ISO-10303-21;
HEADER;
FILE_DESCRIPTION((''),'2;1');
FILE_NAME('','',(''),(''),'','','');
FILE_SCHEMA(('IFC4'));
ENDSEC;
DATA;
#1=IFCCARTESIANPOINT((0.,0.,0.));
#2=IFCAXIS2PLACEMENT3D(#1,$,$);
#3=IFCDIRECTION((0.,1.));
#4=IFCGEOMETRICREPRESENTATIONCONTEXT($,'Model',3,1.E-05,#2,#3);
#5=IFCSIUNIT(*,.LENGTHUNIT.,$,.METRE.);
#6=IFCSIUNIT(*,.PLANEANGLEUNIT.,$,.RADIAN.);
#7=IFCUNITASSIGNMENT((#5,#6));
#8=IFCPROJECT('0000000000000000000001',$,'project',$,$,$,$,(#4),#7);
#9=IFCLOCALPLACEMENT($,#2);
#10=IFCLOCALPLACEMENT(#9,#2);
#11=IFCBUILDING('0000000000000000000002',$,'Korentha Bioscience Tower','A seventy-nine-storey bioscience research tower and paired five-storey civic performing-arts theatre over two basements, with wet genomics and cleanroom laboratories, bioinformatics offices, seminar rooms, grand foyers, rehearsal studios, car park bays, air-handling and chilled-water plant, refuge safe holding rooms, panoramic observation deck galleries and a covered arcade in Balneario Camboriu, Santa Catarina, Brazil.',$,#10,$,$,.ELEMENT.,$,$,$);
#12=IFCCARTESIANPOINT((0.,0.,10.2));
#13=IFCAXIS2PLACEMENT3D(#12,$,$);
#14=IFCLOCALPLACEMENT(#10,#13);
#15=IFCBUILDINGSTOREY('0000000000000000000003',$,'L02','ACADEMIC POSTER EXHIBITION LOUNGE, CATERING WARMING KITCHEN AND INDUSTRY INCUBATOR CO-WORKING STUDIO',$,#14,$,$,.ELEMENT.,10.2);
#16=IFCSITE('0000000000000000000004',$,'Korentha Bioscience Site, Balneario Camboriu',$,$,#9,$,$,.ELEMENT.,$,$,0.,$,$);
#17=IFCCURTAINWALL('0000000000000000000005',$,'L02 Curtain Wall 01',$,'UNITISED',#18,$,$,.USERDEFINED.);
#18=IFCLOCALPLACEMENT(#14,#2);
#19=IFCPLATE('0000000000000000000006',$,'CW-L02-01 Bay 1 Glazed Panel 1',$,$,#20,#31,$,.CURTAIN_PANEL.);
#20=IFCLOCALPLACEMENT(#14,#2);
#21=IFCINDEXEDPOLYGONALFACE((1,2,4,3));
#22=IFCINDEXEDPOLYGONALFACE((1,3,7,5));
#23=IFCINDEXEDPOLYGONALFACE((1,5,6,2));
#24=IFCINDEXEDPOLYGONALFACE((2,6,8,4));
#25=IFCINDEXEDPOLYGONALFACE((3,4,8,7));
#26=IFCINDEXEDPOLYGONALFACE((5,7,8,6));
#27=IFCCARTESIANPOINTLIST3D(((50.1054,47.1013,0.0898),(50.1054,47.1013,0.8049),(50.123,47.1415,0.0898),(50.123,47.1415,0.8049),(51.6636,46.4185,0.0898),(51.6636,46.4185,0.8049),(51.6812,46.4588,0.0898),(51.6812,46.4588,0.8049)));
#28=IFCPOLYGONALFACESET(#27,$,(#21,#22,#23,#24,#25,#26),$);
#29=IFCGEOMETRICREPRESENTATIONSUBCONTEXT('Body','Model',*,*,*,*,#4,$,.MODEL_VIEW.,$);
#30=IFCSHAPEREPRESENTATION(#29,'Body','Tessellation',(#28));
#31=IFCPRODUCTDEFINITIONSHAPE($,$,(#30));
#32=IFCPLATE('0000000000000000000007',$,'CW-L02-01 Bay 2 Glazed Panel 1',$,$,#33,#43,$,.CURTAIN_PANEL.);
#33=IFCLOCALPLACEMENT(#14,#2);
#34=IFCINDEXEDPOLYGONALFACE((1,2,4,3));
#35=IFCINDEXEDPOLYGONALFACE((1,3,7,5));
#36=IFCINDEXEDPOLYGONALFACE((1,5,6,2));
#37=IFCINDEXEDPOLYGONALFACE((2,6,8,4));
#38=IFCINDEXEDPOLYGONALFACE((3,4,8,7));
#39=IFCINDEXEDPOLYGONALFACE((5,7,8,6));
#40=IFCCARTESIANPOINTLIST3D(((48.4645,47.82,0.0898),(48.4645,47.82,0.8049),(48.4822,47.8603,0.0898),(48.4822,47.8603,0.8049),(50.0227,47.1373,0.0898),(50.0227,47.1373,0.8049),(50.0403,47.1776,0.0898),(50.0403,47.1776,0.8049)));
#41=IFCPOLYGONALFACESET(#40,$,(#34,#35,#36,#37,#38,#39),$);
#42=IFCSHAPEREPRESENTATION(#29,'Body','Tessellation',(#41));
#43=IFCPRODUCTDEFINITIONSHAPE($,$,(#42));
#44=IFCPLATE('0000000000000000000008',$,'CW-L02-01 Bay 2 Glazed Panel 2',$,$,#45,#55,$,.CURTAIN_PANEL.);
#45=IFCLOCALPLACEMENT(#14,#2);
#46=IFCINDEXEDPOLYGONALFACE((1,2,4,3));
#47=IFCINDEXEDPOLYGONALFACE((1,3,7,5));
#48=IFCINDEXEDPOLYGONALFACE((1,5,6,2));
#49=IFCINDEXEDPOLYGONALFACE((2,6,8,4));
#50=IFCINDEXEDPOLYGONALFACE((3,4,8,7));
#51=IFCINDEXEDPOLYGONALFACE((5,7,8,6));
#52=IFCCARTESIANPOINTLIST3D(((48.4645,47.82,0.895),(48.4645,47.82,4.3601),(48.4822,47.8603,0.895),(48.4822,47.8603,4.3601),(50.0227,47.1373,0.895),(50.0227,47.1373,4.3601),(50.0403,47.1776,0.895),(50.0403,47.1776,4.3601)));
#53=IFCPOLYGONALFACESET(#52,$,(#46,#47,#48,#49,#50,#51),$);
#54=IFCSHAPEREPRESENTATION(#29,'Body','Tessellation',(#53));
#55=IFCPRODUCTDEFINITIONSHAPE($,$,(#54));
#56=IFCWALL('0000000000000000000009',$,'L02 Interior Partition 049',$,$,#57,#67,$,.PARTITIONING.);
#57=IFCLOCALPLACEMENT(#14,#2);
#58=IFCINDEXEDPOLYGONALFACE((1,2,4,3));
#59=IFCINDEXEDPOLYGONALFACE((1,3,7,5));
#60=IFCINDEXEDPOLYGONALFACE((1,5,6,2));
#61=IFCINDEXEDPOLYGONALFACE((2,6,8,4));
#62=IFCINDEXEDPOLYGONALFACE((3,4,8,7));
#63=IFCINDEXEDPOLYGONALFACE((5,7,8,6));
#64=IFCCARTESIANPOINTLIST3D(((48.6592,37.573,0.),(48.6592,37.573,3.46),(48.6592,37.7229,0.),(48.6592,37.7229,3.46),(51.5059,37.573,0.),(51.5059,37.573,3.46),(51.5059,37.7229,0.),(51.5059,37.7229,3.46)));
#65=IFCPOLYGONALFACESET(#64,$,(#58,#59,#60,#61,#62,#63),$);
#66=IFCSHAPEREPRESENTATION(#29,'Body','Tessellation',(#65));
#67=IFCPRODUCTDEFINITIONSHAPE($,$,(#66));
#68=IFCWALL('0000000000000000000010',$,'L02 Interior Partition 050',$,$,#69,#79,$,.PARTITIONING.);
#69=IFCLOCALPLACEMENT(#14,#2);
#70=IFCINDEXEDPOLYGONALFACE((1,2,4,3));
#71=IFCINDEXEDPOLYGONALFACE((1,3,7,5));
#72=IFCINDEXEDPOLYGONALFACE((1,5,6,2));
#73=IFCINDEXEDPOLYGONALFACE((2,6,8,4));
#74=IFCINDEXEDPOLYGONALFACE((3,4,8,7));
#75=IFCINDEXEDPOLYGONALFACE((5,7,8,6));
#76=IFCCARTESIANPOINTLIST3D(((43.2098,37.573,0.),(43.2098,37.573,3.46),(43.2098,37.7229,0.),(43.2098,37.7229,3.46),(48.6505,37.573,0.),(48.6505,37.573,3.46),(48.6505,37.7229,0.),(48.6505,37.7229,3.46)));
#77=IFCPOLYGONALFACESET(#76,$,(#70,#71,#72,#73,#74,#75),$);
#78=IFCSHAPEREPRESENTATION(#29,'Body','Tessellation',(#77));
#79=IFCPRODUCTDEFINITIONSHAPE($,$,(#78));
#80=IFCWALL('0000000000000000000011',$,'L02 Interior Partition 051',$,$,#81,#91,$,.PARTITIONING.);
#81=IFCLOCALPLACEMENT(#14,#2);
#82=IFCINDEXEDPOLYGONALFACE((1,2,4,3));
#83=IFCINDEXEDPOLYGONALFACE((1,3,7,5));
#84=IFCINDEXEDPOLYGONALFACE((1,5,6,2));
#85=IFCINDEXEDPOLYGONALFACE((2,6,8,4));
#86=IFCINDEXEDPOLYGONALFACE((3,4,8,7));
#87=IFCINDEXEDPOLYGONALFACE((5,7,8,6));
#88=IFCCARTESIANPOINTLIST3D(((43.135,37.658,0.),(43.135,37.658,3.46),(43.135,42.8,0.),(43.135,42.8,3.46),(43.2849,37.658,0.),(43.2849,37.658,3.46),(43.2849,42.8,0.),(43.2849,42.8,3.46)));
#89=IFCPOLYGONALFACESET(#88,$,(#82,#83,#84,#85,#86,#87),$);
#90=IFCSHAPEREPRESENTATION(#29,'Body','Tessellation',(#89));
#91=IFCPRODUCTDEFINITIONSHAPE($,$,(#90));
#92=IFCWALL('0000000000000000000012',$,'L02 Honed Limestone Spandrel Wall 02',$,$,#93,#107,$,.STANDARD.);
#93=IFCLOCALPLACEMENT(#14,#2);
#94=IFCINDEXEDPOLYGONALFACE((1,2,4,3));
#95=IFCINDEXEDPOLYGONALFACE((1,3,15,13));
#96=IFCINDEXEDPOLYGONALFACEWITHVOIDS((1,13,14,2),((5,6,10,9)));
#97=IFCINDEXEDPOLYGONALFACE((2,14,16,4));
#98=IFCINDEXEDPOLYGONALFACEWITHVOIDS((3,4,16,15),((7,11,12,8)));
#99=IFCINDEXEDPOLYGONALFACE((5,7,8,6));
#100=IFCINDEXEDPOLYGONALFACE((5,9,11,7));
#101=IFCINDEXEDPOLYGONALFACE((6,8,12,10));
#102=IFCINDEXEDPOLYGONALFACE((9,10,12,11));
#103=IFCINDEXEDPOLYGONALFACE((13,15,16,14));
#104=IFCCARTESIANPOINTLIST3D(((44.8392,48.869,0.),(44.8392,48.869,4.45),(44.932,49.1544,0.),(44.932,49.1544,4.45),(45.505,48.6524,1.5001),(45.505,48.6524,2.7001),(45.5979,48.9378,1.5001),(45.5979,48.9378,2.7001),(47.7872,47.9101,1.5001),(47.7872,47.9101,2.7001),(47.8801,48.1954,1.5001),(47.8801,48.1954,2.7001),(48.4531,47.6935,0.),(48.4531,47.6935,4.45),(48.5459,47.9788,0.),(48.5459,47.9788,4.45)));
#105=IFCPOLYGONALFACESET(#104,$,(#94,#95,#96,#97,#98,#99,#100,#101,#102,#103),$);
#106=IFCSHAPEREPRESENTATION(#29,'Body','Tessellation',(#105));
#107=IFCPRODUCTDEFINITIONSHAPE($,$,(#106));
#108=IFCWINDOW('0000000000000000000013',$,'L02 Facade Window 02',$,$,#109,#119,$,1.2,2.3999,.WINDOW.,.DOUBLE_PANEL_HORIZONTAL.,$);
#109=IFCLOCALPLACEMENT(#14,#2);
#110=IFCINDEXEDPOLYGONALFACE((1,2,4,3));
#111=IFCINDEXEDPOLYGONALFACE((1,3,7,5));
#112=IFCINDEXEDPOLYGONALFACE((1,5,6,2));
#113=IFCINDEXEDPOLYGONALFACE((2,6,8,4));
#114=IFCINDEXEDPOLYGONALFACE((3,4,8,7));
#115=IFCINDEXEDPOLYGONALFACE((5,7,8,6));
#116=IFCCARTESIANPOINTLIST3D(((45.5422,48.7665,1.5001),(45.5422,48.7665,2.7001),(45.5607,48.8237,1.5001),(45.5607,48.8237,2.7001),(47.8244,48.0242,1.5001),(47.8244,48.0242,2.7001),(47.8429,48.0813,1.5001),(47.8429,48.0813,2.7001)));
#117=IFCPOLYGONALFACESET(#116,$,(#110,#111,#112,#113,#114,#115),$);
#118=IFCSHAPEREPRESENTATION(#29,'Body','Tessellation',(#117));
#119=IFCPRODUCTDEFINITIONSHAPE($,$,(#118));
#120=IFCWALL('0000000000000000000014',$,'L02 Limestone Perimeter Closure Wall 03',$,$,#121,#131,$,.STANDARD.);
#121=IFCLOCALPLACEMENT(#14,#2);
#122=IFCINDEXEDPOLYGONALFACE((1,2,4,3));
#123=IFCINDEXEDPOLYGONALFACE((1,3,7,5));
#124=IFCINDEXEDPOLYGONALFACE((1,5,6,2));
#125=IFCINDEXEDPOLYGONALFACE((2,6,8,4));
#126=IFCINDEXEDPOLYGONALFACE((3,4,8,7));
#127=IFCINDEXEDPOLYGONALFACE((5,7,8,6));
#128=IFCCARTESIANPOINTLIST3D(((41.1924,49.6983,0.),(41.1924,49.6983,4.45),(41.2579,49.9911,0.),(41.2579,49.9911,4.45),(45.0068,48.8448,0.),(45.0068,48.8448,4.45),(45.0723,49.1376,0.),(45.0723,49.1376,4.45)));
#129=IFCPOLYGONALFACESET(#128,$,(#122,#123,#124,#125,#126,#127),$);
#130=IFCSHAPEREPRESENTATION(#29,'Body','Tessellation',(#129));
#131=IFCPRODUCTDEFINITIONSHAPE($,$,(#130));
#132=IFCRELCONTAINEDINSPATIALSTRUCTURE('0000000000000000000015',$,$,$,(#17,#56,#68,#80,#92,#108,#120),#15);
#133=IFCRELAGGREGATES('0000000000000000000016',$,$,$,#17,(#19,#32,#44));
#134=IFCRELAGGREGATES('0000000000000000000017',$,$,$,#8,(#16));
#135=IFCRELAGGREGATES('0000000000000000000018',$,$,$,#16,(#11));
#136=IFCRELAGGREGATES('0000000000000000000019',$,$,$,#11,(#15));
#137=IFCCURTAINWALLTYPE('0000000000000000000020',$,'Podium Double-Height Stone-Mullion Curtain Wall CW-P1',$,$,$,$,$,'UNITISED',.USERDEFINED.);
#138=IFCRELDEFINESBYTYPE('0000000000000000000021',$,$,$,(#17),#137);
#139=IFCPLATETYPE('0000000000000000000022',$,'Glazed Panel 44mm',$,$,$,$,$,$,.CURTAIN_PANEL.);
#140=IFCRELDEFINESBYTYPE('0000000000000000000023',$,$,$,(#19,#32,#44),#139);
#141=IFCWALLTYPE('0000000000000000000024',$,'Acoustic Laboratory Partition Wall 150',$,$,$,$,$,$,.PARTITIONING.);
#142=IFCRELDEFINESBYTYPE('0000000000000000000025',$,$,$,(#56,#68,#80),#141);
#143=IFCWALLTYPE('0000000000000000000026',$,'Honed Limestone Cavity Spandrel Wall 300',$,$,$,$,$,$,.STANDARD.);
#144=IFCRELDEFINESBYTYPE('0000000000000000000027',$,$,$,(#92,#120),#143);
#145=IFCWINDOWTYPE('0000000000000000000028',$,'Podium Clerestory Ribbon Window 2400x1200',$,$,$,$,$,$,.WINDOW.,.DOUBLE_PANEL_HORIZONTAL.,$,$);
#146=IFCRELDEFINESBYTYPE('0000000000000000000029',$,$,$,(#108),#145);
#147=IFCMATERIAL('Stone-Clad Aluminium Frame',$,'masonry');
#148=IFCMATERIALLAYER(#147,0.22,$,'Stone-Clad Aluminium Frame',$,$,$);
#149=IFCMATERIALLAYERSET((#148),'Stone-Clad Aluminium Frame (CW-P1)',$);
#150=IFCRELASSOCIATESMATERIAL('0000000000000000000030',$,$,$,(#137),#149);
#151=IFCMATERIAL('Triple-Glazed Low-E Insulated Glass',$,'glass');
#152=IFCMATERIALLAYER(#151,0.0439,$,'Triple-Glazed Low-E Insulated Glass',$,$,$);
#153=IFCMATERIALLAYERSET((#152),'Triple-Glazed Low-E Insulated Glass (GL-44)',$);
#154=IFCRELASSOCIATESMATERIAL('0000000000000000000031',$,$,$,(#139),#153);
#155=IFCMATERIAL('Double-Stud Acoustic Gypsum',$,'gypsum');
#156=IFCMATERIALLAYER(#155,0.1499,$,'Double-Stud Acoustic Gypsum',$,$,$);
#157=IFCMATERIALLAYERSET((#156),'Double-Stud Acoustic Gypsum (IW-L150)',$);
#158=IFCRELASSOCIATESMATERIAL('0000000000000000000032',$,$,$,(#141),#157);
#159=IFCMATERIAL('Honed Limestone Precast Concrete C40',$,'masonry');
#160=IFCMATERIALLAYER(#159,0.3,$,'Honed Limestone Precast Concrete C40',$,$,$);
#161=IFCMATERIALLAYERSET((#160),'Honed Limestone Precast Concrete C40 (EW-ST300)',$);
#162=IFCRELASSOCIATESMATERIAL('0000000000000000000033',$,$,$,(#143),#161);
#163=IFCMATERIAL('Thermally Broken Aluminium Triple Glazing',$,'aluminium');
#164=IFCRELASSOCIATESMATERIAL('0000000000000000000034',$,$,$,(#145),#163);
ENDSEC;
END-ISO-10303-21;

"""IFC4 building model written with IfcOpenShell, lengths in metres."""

from ifc_helpers import new_model, si_unit, direction, frame, frame_2d, origin, origin_2d, place, context, subcontext, project, spatial, rectangle, extrude, material, layer, layer_set, type_object, element, fill, aggregate, save


model = new_model("IFC4")

# Units and contexts
model_context = context("Model", 3, precision=1e-05, world=origin(), true_north=direction((0.0, 1.0)))
body_context = subcontext(model_context, "Body", "Model", "MODEL_VIEW")
ifc_project = project(units=[si_unit("LENGTHUNIT", "METRE"), si_unit("PLANEANGLEUNIT", "RADIAN")], contexts=[model_context])

# Site, building, storey
site_placement = place(None, origin())
site = spatial("IfcSite", under=ifc_project, at=site_placement, Name="Korentha Bioscience Site, Balneario Camboriu", CompositionType="ELEMENT", RefElevation=0.0)
building_placement = place(site_placement, origin())
building = spatial("IfcBuilding", under=site, at=building_placement, Name="Korentha Bioscience Tower", Description="A seventy-nine-storey bioscience research tower and paired five-storey civic performing-arts theatre over two basements, with wet genomics and cleanroom laboratories, bioinformatics offices, seminar rooms, grand foyers, rehearsal studios, car park bays, air-handling and chilled-water plant, refuge safe holding rooms, panoramic observation deck galleries and a covered arcade in Balneario Camboriu, Santa Catarina, Brazil.", CompositionType="ELEMENT")
storey_placement = place(building_placement, frame((0.0, 0.0, 10.2)))
storey = spatial("IfcBuildingStorey", under=building, at=storey_placement, Name="L02", Description="ACADEMIC POSTER EXHIBITION LOUNGE, CATERING WARMING KITCHEN AND INDUSTRY INCUBATOR CO-WORKING STUDIO", CompositionType="ELEMENT", Elevation=10.2)

# Curtain wall
ifc_material_1 = material(Name="Stone-Clad Aluminium Frame", Category="masonry")
ifc_layer_1 = layer(ifc_material_1, 0.22, Name="Stone-Clad Aluminium Frame")
ifc_layer_set_1 = layer_set([ifc_layer_1], Name="Stone-Clad Aluminium Frame (CW-P1)")
curtain_wall_type = type_object("IfcCurtainWallType", Name="Podium Double-Height Stone-Mullion Curtain Wall CW-P1", ElementType="UNITISED", PredefinedType="USERDEFINED", material=ifc_layer_set_1)
curtain_wall_placement = place(storey_placement, origin())
curtain_wall = element("IfcCurtainWall", 1, at=curtain_wall_placement, inside=storey, type_object=curtain_wall_type, Name="L02 Curtain Wall 01", ObjectType="UNITISED", PredefinedType="USERDEFINED")

# Plates
ifc_material_2 = material(Name="Triple-Glazed Low-E Insulated Glass", Category="glass")
ifc_layer_2 = layer(ifc_material_2, 0.0439, Name="Triple-Glazed Low-E Insulated Glass")
ifc_layer_set_2 = layer_set([ifc_layer_2], Name="Triple-Glazed Low-E Insulated Glass (GL-44)")
plate_type = type_object("IfcPlateType", Name="Glazed Panel 44mm", PredefinedType="CURTAIN_PANEL", material=ifc_layer_set_2)
plate_1_placement = place(storey_placement, frame((50.8933, 46.78, 0.0898), z_axis=(0.0, 0.0, 1.0), x_axis=(-0.915939, 0.401317, 0.0)))
plate_1 = element("IfcPlate", 2, at=plate_1_placement, type_object=plate_type, Name="CW-L02-01 Bay 1 Glazed Panel 1", PredefinedType="CURTAIN_PANEL", context=body_context, shape_type="SweptSolid", body=[
    extrude(rectangle(XDim=1.7012, YDim=0.0439, at=origin_2d()), origin(), (0.0, 0.0, 1.0), 0.7151),
])
plate_2_placement = place(storey_placement, frame((49.2524, 47.4988, 0.0898), z_axis=(0.0, 0.0, 1.0), x_axis=(-0.915939, 0.401317, 0.0)))
plate_2 = element("IfcPlate", 3, at=plate_2_placement, type_object=plate_type, Name="CW-L02-01 Bay 2 Glazed Panel 1", PredefinedType="CURTAIN_PANEL", context=body_context, shape_type="SweptSolid", body=[
    extrude(rectangle(XDim=1.7012, YDim=0.0439, at=origin_2d()), origin(), (0.0, 0.0, 1.0), 0.7151),
])
plate_3_placement = place(storey_placement, frame((49.2524, 47.4988, 0.895), z_axis=(0.0, 0.0, 1.0), x_axis=(-0.915939, 0.401317, 0.0)))
plate_3 = element("IfcPlate", 4, at=plate_3_placement, type_object=plate_type, Name="CW-L02-01 Bay 2 Glazed Panel 2", PredefinedType="CURTAIN_PANEL", context=body_context, shape_type="SweptSolid", body=[
    extrude(rectangle(XDim=1.7012, YDim=0.0439, at=origin_2d()), origin(), (0.0, 0.0, 1.0), 3.4651),
])
aggregate(curtain_wall, [plate_1, plate_2, plate_3])

# Shared definitions
ifc_material_3 = material(Name="Double-Stud Acoustic Gypsum", Category="gypsum")
ifc_layer_3 = layer(ifc_material_3, 0.1499, Name="Double-Stud Acoustic Gypsum")
ifc_layer_set_3 = layer_set([ifc_layer_3], Name="Double-Stud Acoustic Gypsum (IW-L150)")
wall_type_1 = type_object("IfcWallType", Name="Acoustic Laboratory Partition Wall 150", PredefinedType="PARTITIONING", material=ifc_layer_set_3)

# Walls
wall_1_placement = place(storey_placement, frame((48.6592, 37.6479, 0.0), z_axis=(0.0, 0.0, 1.0), x_axis=(1.0, 0.0, 0.0)))
element("IfcWall", 5, at=wall_1_placement, inside=storey, type_object=wall_type_1, Name="L02 Interior Partition 049", PredefinedType="PARTITIONING", context=body_context, shape_type="SweptSolid", body=[
    extrude(rectangle(XDim=2.8467, YDim=0.1499, at=frame_2d((1.4233, 0.0))), origin(), (0.0, 0.0, 1.0), 3.46),
])
wall_2_placement = place(storey_placement, frame((43.21, 37.6479, 0.0), z_axis=(0.0, 0.0, 1.0), x_axis=(1.0, 0.0, 0.0)))
element("IfcWall", 6, at=wall_2_placement, inside=storey, type_object=wall_type_1, Name="L02 Interior Partition 050", PredefinedType="PARTITIONING", context=body_context, shape_type="SweptSolid", body=[
    extrude(rectangle(XDim=5.4407, YDim=0.1499, at=frame_2d((2.7202, 0.0))), origin(), (0.0, 0.0, 1.0), 3.46),
])
wall_3_placement = place(storey_placement, frame((43.21, 37.658, 0.0), z_axis=(0.0, 0.0, 1.0), x_axis=(0.0, 1.0, 0.0)))
element("IfcWall", 7, at=wall_3_placement, inside=storey, type_object=wall_type_1, Name="L02 Interior Partition 051", PredefinedType="PARTITIONING", context=body_context, shape_type="SweptSolid", body=[
    extrude(rectangle(XDim=5.1421, YDim=0.1499, at=frame_2d((2.571, 0.0))), origin(), (0.0, 0.0, 1.0), 3.46),
])

# Wall, opening, window
ifc_material_4 = material(Name="Honed Limestone Precast Concrete C40", Category="masonry")
ifc_layer_4 = layer(ifc_material_4, 0.3, Name="Honed Limestone Precast Concrete C40")
ifc_layer_set_4 = layer_set([ifc_layer_4], Name="Honed Limestone Precast Concrete C40 (EW-ST300)")
wall_type_2 = type_object("IfcWallType", Name="Honed Limestone Cavity Spandrel Wall 300", PredefinedType="STANDARD", material=ifc_layer_set_4)
wall_4_placement = place(storey_placement, frame((48.4995, 47.8362, 0.0), z_axis=(0.0, 0.0, 1.0), x_axis=(-0.950958, 0.30932, 0.0)))
wall_4 = element("IfcWall", 8, at=wall_4_placement, inside=storey, type_object=wall_type_2, Name="L02 Honed Limestone Spandrel Wall 02", PredefinedType="STANDARD", context=body_context, shape_type="SweptSolid", body=[
    extrude(rectangle(XDim=3.8003, YDim=0.3, at=frame_2d((1.9001, 0.0))), origin(), (0.0, 0.0, 1.0), 4.45),
])
opening_1_placement = place(wall_4_placement, frame((0.7002, 0.0, 1.5)))
opening_1 = element("IfcOpeningElement", 9, at=opening_1_placement, cuts=wall_4, PredefinedType="OPENING", context=body_context, shape_type="SweptSolid", body=[
    extrude(rectangle(XDim=2.3999, YDim=1.2, at=frame_2d((1.2, 0.6001))), frame((0.0, 0.165, 0.0), z_axis=(0.0, -1.0, 0.0), x_axis=(1.0, 0.0, 0.0)), (0.0, 0.0, 1.0), 0.3298),
])
ifc_material_5 = material(Name="Thermally Broken Aluminium Triple Glazing", Category="aluminium")
window_type = type_object("IfcWindowType", Name="Podium Clerestory Ribbon Window 2400x1200", PartitioningType="DOUBLE_PANEL_HORIZONTAL", PredefinedType="WINDOW", material=ifc_material_5)
window_placement = place(opening_1_placement, origin())
window = element("IfcWindow", 10, at=window_placement, inside=storey, type_object=window_type, Name="L02 Facade Window 02", OverallHeight=1.2, OverallWidth=2.3999, PartitioningType="DOUBLE_PANEL_HORIZONTAL", PredefinedType="WINDOW", context=body_context, shape_type="SweptSolid", body=[
    extrude(rectangle(XDim=2.3999, YDim=1.2, at=frame_2d((1.2, 0.6001))), frame((0.0, 0.03, 0.0), z_axis=(0.0, -1.0, 0.0), x_axis=(1.0, 0.0, 0.0)), (0.0, 0.0, 1.0), 0.0601),
])
fill(opening_1, window)

# Wall
wall_5_placement = place(storey_placement, frame((45.0396, 48.9912, 0.0), z_axis=(0.0, 0.0, 1.0), x_axis=(-0.975869, 0.218359, 0.0)))
element("IfcWall", 11, at=wall_5_placement, inside=storey, type_object=wall_type_2, Name="L02 Limestone Perimeter Closure Wall 03", PredefinedType="STANDARD", context=body_context, shape_type="SweptSolid", body=[
    extrude(rectangle(XDim=3.9087, YDim=0.3, at=frame_2d((1.9543, 0.0))), origin(), (0.0, 0.0, 1.0), 4.45),
])

save(model, "model.ifc")
